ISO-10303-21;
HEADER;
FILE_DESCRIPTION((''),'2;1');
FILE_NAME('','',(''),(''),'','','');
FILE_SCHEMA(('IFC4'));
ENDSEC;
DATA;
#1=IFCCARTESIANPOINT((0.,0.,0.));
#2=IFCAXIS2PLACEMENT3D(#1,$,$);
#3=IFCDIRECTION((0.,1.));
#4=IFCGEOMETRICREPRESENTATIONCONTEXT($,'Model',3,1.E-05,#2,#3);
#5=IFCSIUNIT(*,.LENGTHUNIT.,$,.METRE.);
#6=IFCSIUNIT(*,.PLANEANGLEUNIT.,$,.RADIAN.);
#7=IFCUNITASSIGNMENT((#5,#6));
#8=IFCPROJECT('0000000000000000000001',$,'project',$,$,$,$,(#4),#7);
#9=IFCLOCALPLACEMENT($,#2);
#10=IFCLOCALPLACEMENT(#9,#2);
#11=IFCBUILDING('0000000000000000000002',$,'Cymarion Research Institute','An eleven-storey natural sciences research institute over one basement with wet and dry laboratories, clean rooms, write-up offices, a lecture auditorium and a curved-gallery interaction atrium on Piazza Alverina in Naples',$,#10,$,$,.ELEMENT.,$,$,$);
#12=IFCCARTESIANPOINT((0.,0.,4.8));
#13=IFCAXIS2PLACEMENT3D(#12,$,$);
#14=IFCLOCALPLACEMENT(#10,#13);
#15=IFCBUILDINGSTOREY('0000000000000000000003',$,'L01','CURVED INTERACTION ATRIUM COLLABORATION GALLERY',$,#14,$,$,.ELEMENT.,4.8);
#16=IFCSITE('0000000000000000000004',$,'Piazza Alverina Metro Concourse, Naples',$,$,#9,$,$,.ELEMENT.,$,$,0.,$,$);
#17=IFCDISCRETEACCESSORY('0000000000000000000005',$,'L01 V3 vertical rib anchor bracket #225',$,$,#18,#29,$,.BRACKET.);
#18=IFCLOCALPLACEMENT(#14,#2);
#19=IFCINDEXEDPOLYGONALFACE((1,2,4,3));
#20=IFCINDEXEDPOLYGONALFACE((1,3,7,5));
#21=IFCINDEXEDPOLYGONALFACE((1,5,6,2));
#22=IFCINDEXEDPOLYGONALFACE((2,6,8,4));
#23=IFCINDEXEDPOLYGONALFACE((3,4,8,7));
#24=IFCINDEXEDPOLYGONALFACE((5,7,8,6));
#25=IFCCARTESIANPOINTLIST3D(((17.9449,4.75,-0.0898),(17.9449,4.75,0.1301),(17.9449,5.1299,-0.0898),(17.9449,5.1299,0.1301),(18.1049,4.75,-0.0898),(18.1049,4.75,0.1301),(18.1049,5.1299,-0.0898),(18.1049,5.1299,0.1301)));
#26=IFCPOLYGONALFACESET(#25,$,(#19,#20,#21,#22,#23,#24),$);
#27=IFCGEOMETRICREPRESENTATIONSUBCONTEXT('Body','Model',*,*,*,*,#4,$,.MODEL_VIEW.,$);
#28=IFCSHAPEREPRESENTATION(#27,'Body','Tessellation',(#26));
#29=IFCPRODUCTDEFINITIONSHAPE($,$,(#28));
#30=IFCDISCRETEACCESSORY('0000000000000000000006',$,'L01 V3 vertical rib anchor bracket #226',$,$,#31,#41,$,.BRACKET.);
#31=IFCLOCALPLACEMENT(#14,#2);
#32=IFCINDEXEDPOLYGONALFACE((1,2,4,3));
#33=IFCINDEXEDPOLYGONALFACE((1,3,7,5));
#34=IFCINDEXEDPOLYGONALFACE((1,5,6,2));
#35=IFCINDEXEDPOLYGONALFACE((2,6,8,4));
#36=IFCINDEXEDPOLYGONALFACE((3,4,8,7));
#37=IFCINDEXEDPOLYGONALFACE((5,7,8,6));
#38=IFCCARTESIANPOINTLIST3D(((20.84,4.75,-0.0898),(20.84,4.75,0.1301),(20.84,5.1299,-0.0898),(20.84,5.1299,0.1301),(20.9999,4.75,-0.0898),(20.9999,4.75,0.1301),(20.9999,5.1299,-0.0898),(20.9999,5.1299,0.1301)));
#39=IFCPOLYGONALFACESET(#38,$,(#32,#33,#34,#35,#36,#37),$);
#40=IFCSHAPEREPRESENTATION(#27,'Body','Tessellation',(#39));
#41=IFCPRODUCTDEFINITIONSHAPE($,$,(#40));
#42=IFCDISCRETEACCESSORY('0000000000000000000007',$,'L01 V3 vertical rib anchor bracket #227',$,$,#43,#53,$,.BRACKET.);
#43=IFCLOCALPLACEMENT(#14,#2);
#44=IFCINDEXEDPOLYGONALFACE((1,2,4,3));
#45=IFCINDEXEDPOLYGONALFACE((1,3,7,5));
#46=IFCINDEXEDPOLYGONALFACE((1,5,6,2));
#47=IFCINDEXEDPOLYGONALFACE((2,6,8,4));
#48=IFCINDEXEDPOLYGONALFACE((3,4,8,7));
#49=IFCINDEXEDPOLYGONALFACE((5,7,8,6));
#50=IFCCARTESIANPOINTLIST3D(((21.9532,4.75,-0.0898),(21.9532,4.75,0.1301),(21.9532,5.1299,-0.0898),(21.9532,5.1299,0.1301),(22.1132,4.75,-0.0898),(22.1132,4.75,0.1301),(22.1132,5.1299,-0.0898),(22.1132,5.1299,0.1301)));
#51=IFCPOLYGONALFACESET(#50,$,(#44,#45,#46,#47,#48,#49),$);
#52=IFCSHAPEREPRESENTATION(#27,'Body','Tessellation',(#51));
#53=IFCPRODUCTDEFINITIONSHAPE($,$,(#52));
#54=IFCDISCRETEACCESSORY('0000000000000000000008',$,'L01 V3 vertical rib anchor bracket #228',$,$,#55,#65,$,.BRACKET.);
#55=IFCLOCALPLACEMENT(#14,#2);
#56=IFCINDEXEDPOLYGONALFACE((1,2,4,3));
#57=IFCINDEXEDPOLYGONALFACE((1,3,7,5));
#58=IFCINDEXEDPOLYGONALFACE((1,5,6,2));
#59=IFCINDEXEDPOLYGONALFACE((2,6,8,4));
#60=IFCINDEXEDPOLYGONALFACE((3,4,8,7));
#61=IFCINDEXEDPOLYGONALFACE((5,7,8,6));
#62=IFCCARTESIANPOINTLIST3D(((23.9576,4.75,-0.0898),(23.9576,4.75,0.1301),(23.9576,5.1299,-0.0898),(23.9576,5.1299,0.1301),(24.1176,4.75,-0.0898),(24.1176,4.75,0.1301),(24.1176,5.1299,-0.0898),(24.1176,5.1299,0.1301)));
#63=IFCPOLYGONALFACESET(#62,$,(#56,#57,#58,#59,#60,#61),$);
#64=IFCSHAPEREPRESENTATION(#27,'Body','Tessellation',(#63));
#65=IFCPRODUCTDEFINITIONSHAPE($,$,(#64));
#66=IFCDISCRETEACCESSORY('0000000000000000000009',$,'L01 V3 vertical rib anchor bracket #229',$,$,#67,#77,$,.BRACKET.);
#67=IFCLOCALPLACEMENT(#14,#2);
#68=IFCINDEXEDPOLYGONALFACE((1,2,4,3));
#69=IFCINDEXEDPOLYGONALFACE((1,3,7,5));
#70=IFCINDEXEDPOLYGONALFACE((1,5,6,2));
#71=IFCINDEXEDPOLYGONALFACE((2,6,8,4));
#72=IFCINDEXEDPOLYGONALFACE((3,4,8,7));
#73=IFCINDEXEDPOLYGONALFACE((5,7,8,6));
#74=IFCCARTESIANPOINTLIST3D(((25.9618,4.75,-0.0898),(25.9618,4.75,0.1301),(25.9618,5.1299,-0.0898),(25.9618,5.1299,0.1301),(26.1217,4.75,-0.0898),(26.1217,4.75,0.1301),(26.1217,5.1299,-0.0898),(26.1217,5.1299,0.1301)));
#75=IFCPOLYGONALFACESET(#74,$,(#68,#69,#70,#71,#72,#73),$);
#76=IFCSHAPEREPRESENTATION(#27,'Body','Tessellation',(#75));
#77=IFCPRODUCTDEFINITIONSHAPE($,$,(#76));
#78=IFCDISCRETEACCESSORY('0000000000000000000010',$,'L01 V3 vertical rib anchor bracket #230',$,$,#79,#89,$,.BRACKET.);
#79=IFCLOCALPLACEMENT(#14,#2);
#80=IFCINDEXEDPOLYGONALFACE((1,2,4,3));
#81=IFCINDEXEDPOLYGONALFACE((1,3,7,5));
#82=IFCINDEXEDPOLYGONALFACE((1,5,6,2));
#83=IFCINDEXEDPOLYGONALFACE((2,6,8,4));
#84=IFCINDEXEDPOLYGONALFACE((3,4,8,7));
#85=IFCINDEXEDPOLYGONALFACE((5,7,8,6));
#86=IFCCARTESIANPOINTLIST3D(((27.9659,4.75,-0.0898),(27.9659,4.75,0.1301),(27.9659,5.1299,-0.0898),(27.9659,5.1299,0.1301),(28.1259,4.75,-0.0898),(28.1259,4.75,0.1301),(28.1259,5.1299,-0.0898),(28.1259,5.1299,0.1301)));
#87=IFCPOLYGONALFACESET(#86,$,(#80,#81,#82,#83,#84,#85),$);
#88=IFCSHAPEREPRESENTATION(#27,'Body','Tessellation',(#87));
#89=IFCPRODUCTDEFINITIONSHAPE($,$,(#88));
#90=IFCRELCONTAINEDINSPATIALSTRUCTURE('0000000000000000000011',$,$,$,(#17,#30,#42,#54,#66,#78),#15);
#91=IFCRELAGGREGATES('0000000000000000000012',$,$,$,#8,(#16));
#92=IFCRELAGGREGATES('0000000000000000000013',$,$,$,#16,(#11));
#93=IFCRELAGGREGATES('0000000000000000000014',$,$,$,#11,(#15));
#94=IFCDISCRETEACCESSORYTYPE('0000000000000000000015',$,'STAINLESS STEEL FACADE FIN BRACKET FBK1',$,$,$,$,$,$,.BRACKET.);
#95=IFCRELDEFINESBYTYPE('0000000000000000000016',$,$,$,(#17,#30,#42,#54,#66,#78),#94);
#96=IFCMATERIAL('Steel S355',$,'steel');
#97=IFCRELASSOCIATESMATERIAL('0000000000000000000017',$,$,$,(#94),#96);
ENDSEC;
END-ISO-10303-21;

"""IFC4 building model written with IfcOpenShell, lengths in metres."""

from ifc_helpers import new_model, si_unit, direction, frame, origin, origin_2d, place, context, subcontext, project, spatial, rectangle, extrude, material, type_object, element, save


model = new_model("IFC4")

# Units and contexts
model_context = context("Model", 3, precision=1e-05, world=origin(), true_north=direction((0.0, 1.0)))
body_context = subcontext(model_context, "Body", "Model", "MODEL_VIEW")
ifc_project = project(units=[si_unit("LENGTHUNIT", "METRE"), si_unit("PLANEANGLEUNIT", "RADIAN")], contexts=[model_context])

# Site, building, storey
site_placement = place(None, origin())
site = spatial("IfcSite", under=ifc_project, at=site_placement, Name="Piazza Alverina Metro Concourse, Naples", CompositionType="ELEMENT", RefElevation=0.0)
building_placement = place(site_placement, origin())
building = spatial("IfcBuilding", under=site, at=building_placement, Name="Cymarion Research Institute", Description="An eleven-storey natural sciences research institute over one basement with wet and dry laboratories, clean rooms, write-up offices, a lecture auditorium and a curved-gallery interaction atrium on Piazza Alverina in Naples", CompositionType="ELEMENT")
storey_placement = place(building_placement, frame((0.0, 0.0, 4.8)))
storey = spatial("IfcBuildingStorey", under=building, at=storey_placement, Name="L01", Description="CURVED INTERACTION ATRIUM COLLABORATION GALLERY", CompositionType="ELEMENT", Elevation=4.8)

# Shared definitions
ifc_material_1 = material(Name="Steel S355", Category="steel")

# Discrete accessories
discrete_accessory_type = type_object("IfcDiscreteAccessoryType", Name="STAINLESS STEEL FACADE FIN BRACKET FBK1", PredefinedType="BRACKET", material=ifc_material_1)
for number, where, z_axis, x_axis, name in (
    (1, (18.0249, 4.9399, -0.0898), (0.0, 0.0, 1.0), (0.0, -1.0, 0.0), "L01 V3 vertical rib anchor bracket #225"),
    (2, (20.9199, 4.9399, -0.0898), (0.0, 0.0, 1.0), (0.0, -1.0, 0.0), "L01 V3 vertical rib anchor bracket #226"),
    (3, (22.0332, 4.9399, -0.0898), (0.0, 0.0, 1.0), (0.0, -1.0, 0.0), "L01 V3 vertical rib anchor bracket #227"),
    (4, (24.0376, 4.9399, -0.0898), (0.0, 0.0, 1.0), (0.0, -1.0, 0.0), "L01 V3 vertical rib anchor bracket #228"),
    (5, (26.0417, 4.9399, -0.0898), (0.0, 0.0, 1.0), (0.0, -1.0, 0.0), "L01 V3 vertical rib anchor bracket #229"),
    (6, (28.0459, 4.9399, -0.0898), (0.0, 0.0, 1.0), (0.0, -1.0, 0.0), "L01 V3 vertical rib anchor bracket #230"),
):
    element("IfcDiscreteAccessory", number, at=place(storey_placement, frame(where, z_axis=z_axis, x_axis=x_axis)), inside=storey, type_object=discrete_accessory_type, Name=name, PredefinedType="BRACKET", context=body_context, shape_type="SweptSolid", body=[
        extrude(rectangle(XDim=0.3799, YDim=0.1599, at=origin_2d()), origin(), (0.0, 0.0, 1.0), 0.22),
    ])

save(model, "model.ifc")
